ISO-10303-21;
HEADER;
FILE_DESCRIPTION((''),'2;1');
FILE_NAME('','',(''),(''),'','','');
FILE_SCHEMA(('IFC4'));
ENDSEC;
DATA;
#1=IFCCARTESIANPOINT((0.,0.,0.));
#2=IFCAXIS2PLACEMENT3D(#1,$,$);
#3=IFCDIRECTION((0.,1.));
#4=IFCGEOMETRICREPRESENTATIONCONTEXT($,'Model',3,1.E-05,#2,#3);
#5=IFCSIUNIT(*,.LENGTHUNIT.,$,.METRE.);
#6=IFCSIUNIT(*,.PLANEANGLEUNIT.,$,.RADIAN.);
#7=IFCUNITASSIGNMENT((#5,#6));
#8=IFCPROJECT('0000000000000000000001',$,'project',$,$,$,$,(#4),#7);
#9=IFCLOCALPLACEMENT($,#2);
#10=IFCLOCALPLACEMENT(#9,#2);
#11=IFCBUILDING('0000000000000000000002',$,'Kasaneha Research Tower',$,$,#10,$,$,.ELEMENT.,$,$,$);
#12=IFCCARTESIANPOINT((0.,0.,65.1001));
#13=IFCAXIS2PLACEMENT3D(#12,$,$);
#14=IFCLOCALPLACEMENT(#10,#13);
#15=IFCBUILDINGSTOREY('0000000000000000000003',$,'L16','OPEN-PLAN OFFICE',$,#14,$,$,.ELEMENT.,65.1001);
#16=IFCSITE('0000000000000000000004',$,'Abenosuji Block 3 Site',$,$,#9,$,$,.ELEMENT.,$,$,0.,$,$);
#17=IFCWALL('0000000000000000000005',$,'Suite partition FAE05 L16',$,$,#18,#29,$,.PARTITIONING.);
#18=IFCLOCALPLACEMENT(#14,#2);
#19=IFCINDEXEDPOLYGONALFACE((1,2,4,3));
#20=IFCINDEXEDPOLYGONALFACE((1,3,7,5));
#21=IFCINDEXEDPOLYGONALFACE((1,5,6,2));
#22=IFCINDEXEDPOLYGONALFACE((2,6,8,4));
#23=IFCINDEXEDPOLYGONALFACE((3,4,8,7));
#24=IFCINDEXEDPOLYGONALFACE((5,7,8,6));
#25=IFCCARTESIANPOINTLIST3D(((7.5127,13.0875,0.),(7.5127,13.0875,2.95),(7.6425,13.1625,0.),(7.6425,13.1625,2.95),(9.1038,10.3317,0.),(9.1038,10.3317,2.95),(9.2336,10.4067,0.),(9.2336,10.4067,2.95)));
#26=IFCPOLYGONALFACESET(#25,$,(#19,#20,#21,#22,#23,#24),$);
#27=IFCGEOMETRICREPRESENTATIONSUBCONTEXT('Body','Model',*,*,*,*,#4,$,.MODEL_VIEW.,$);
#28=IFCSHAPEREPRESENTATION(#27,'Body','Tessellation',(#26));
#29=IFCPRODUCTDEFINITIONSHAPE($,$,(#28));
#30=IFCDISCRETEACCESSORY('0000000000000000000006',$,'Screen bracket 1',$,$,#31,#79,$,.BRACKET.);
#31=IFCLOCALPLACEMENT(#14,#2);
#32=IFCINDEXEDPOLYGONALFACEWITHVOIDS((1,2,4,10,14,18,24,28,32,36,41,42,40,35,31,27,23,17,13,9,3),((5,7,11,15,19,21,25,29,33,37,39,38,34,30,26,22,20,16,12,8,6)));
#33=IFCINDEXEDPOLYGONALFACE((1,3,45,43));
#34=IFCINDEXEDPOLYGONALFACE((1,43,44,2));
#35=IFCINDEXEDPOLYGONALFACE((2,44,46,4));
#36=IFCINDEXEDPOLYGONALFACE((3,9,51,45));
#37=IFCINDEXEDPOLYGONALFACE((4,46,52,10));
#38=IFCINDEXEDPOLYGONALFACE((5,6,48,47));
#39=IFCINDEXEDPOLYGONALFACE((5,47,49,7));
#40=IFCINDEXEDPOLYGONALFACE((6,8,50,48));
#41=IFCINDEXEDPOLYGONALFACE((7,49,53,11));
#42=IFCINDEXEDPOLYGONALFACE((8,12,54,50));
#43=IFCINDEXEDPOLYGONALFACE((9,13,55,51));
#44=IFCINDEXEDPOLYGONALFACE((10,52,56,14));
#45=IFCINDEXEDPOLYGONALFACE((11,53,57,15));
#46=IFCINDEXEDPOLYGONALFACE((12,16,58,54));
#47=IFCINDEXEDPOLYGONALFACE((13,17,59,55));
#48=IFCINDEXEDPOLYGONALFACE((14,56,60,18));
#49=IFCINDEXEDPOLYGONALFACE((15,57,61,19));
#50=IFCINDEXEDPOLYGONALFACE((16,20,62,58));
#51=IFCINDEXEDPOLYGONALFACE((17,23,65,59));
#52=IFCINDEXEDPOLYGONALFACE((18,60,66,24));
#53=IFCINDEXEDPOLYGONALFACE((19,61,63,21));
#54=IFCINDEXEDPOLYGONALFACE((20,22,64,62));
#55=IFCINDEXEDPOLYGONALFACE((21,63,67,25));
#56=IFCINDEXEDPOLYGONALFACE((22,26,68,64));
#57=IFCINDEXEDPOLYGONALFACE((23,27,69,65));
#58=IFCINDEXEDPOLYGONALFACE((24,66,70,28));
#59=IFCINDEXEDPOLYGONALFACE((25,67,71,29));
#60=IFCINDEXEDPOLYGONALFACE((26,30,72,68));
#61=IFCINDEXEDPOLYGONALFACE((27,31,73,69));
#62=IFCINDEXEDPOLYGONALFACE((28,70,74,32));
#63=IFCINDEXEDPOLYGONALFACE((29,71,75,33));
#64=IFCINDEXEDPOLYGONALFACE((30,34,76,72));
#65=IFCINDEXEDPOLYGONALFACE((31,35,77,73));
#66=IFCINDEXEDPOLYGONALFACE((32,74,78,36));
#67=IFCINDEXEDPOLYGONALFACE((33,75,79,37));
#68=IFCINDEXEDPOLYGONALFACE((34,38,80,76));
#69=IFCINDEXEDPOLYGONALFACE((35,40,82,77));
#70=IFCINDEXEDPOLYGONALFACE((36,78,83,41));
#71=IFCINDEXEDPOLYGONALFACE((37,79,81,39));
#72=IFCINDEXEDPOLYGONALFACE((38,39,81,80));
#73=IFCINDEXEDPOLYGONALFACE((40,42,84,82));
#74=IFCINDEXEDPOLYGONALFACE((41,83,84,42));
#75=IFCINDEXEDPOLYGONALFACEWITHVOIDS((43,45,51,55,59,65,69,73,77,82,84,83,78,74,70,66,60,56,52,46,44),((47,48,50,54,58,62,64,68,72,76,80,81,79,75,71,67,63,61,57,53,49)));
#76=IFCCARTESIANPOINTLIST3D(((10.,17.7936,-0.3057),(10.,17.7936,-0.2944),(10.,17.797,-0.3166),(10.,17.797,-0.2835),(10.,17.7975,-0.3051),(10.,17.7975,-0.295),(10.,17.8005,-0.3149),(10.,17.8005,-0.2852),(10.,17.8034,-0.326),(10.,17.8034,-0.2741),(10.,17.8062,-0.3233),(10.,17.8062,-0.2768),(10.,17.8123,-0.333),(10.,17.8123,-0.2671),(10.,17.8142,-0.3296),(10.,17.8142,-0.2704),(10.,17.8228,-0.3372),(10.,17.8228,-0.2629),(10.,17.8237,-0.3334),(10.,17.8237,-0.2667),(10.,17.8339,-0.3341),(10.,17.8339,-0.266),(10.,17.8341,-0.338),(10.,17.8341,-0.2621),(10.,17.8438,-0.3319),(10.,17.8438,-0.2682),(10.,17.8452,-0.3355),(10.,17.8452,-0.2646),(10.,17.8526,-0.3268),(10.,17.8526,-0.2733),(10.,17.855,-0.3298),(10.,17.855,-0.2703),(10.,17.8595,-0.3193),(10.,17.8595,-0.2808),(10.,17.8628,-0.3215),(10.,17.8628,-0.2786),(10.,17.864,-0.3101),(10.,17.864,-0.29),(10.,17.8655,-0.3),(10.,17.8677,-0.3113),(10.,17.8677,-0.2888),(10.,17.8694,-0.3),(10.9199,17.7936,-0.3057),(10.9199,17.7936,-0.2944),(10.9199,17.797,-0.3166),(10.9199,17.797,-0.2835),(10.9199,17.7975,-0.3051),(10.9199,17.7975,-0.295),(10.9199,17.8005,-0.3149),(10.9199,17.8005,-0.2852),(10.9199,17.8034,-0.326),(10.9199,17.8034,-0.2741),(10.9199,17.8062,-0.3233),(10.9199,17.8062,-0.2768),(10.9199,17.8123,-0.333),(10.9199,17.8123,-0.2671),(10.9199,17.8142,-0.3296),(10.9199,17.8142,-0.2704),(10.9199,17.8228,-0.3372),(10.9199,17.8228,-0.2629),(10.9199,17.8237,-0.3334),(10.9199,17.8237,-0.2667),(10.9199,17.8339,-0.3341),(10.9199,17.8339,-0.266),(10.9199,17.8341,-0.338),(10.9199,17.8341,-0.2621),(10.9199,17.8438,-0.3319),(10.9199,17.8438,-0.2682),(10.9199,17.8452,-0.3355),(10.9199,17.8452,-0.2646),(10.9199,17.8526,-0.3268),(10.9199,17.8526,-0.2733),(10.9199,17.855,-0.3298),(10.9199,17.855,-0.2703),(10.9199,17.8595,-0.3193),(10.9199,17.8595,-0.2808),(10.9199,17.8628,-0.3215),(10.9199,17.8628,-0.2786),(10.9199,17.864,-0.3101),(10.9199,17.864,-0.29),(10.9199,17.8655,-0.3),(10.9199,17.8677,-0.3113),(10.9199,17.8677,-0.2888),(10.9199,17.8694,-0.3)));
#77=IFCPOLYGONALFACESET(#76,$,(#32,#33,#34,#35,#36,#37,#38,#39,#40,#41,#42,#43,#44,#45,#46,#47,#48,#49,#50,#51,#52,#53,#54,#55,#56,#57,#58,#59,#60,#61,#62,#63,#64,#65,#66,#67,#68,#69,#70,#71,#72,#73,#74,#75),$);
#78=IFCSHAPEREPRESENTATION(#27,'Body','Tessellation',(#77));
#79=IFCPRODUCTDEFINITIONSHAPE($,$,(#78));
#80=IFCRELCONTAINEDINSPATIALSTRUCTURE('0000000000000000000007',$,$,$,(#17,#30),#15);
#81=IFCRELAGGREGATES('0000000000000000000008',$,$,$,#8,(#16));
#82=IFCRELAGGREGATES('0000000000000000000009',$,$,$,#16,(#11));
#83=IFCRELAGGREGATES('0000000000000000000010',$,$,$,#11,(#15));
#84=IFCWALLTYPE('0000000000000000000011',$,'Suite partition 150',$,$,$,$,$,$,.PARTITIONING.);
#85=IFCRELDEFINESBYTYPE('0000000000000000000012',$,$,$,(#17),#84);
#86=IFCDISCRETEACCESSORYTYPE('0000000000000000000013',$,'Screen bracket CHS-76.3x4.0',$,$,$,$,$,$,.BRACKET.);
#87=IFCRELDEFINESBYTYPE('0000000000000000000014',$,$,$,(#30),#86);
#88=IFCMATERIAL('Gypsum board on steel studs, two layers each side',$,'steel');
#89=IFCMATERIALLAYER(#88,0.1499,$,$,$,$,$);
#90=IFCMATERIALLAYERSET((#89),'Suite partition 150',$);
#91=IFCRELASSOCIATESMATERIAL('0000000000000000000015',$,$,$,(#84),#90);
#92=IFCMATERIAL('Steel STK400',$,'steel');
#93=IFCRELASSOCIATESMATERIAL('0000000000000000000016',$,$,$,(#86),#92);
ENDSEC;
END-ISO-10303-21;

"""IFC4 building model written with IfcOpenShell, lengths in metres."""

from ifc_helpers import new_model, si_unit, direction, frame, frame_2d, origin, origin_2d, place, context, subcontext, project, spatial, rectangle, hollow_circle, extrude, material, layer, layer_set, material_profile, profile_set, type_object, element, save


model = new_model("IFC4")

# Units and contexts
model_context = context("Model", 3, precision=1e-05, world=origin(), true_north=direction((0.0, 1.0)))
body_context = subcontext(model_context, "Body", "Model", "MODEL_VIEW")
ifc_project = project(units=[si_unit("LENGTHUNIT", "METRE"), si_unit("PLANEANGLEUNIT", "RADIAN")], contexts=[model_context])

# Site, building, storey
site_placement = place(None, origin())
site = spatial("IfcSite", under=ifc_project, at=site_placement, Name="Abenosuji Block 3 Site", CompositionType="ELEMENT", RefElevation=0.0)
building_placement = place(site_placement, origin())
building = spatial("IfcBuilding", under=site, at=building_placement, Name="Kasaneha Research Tower", CompositionType="ELEMENT")
storey_placement = place(building_placement, frame((0.0, 0.0, 65.1001)))
storey = spatial("IfcBuildingStorey", under=building, at=storey_placement, Name="L16", Description="OPEN-PLAN OFFICE", CompositionType="ELEMENT", Elevation=65.1001)

# Shared definitions
ifc_material_1 = material(Name="Gypsum board on steel studs, two layers each side", Category="steel")
ifc_layer_1 = layer(ifc_material_1, 0.1499)
ifc_layer_set_1 = layer_set([ifc_layer_1], Name="Suite partition 150")
wall_type_1 = type_object("IfcWallType", Name="Suite partition 150", PredefinedType="PARTITIONING", material=ifc_layer_set_1)

# Wall
wall_1_placement = place(storey_placement, frame((7.5776, 13.125, 0.0), z_axis=(0.0, 0.0, 1.0), x_axis=(0.499993, -0.86603, 0.0)))
element("IfcWall", 1, at=wall_1_placement, inside=storey, type_object=wall_type_1, Name="Suite partition FAE05 L16", PredefinedType="PARTITIONING", context=body_context, shape_type="SweptSolid", body=[
    extrude(rectangle(XDim=3.1821, YDim=0.1499, at=frame_2d((1.5911, 0.0))), origin(), (0.0, 0.0, 1.0), 2.95),
])

# Discrete accessory
ifc_material_2 = material(Name="Steel STK400", Category="steel")
ifc_material_profile_1 = material_profile(ifc_material_2, hollow_circle(Radius=0.0381, WallThickness=0.0039, at=origin_2d()), Name="CHS-76.3x4.0")
ifc_profile_set_1 = profile_set([ifc_material_profile_1], Name="Steel STK400")
discrete_accessory_type = type_object("IfcDiscreteAccessoryType", Name="Screen bracket CHS-76.3x4.0", PredefinedType="BRACKET", material=ifc_profile_set_1)
discrete_accessory_placement = place(storey_placement, frame((10.0, 17.8313, -0.3), z_axis=(1.0, 0.0, 0.0), x_axis=(0.0, 1.0, 0.0)))
element("IfcDiscreteAccessory", 2, at=discrete_accessory_placement, inside=storey, type_object=discrete_accessory_type, Name="Screen bracket 1", PredefinedType="BRACKET", context=body_context, shape_type="SweptSolid", body=[
    extrude(hollow_circle(Radius=0.0381, WallThickness=0.0039, at=origin_2d()), origin(), (0.0, 0.0, 1.0), 0.9199),
])

save(model, "model.ifc")
